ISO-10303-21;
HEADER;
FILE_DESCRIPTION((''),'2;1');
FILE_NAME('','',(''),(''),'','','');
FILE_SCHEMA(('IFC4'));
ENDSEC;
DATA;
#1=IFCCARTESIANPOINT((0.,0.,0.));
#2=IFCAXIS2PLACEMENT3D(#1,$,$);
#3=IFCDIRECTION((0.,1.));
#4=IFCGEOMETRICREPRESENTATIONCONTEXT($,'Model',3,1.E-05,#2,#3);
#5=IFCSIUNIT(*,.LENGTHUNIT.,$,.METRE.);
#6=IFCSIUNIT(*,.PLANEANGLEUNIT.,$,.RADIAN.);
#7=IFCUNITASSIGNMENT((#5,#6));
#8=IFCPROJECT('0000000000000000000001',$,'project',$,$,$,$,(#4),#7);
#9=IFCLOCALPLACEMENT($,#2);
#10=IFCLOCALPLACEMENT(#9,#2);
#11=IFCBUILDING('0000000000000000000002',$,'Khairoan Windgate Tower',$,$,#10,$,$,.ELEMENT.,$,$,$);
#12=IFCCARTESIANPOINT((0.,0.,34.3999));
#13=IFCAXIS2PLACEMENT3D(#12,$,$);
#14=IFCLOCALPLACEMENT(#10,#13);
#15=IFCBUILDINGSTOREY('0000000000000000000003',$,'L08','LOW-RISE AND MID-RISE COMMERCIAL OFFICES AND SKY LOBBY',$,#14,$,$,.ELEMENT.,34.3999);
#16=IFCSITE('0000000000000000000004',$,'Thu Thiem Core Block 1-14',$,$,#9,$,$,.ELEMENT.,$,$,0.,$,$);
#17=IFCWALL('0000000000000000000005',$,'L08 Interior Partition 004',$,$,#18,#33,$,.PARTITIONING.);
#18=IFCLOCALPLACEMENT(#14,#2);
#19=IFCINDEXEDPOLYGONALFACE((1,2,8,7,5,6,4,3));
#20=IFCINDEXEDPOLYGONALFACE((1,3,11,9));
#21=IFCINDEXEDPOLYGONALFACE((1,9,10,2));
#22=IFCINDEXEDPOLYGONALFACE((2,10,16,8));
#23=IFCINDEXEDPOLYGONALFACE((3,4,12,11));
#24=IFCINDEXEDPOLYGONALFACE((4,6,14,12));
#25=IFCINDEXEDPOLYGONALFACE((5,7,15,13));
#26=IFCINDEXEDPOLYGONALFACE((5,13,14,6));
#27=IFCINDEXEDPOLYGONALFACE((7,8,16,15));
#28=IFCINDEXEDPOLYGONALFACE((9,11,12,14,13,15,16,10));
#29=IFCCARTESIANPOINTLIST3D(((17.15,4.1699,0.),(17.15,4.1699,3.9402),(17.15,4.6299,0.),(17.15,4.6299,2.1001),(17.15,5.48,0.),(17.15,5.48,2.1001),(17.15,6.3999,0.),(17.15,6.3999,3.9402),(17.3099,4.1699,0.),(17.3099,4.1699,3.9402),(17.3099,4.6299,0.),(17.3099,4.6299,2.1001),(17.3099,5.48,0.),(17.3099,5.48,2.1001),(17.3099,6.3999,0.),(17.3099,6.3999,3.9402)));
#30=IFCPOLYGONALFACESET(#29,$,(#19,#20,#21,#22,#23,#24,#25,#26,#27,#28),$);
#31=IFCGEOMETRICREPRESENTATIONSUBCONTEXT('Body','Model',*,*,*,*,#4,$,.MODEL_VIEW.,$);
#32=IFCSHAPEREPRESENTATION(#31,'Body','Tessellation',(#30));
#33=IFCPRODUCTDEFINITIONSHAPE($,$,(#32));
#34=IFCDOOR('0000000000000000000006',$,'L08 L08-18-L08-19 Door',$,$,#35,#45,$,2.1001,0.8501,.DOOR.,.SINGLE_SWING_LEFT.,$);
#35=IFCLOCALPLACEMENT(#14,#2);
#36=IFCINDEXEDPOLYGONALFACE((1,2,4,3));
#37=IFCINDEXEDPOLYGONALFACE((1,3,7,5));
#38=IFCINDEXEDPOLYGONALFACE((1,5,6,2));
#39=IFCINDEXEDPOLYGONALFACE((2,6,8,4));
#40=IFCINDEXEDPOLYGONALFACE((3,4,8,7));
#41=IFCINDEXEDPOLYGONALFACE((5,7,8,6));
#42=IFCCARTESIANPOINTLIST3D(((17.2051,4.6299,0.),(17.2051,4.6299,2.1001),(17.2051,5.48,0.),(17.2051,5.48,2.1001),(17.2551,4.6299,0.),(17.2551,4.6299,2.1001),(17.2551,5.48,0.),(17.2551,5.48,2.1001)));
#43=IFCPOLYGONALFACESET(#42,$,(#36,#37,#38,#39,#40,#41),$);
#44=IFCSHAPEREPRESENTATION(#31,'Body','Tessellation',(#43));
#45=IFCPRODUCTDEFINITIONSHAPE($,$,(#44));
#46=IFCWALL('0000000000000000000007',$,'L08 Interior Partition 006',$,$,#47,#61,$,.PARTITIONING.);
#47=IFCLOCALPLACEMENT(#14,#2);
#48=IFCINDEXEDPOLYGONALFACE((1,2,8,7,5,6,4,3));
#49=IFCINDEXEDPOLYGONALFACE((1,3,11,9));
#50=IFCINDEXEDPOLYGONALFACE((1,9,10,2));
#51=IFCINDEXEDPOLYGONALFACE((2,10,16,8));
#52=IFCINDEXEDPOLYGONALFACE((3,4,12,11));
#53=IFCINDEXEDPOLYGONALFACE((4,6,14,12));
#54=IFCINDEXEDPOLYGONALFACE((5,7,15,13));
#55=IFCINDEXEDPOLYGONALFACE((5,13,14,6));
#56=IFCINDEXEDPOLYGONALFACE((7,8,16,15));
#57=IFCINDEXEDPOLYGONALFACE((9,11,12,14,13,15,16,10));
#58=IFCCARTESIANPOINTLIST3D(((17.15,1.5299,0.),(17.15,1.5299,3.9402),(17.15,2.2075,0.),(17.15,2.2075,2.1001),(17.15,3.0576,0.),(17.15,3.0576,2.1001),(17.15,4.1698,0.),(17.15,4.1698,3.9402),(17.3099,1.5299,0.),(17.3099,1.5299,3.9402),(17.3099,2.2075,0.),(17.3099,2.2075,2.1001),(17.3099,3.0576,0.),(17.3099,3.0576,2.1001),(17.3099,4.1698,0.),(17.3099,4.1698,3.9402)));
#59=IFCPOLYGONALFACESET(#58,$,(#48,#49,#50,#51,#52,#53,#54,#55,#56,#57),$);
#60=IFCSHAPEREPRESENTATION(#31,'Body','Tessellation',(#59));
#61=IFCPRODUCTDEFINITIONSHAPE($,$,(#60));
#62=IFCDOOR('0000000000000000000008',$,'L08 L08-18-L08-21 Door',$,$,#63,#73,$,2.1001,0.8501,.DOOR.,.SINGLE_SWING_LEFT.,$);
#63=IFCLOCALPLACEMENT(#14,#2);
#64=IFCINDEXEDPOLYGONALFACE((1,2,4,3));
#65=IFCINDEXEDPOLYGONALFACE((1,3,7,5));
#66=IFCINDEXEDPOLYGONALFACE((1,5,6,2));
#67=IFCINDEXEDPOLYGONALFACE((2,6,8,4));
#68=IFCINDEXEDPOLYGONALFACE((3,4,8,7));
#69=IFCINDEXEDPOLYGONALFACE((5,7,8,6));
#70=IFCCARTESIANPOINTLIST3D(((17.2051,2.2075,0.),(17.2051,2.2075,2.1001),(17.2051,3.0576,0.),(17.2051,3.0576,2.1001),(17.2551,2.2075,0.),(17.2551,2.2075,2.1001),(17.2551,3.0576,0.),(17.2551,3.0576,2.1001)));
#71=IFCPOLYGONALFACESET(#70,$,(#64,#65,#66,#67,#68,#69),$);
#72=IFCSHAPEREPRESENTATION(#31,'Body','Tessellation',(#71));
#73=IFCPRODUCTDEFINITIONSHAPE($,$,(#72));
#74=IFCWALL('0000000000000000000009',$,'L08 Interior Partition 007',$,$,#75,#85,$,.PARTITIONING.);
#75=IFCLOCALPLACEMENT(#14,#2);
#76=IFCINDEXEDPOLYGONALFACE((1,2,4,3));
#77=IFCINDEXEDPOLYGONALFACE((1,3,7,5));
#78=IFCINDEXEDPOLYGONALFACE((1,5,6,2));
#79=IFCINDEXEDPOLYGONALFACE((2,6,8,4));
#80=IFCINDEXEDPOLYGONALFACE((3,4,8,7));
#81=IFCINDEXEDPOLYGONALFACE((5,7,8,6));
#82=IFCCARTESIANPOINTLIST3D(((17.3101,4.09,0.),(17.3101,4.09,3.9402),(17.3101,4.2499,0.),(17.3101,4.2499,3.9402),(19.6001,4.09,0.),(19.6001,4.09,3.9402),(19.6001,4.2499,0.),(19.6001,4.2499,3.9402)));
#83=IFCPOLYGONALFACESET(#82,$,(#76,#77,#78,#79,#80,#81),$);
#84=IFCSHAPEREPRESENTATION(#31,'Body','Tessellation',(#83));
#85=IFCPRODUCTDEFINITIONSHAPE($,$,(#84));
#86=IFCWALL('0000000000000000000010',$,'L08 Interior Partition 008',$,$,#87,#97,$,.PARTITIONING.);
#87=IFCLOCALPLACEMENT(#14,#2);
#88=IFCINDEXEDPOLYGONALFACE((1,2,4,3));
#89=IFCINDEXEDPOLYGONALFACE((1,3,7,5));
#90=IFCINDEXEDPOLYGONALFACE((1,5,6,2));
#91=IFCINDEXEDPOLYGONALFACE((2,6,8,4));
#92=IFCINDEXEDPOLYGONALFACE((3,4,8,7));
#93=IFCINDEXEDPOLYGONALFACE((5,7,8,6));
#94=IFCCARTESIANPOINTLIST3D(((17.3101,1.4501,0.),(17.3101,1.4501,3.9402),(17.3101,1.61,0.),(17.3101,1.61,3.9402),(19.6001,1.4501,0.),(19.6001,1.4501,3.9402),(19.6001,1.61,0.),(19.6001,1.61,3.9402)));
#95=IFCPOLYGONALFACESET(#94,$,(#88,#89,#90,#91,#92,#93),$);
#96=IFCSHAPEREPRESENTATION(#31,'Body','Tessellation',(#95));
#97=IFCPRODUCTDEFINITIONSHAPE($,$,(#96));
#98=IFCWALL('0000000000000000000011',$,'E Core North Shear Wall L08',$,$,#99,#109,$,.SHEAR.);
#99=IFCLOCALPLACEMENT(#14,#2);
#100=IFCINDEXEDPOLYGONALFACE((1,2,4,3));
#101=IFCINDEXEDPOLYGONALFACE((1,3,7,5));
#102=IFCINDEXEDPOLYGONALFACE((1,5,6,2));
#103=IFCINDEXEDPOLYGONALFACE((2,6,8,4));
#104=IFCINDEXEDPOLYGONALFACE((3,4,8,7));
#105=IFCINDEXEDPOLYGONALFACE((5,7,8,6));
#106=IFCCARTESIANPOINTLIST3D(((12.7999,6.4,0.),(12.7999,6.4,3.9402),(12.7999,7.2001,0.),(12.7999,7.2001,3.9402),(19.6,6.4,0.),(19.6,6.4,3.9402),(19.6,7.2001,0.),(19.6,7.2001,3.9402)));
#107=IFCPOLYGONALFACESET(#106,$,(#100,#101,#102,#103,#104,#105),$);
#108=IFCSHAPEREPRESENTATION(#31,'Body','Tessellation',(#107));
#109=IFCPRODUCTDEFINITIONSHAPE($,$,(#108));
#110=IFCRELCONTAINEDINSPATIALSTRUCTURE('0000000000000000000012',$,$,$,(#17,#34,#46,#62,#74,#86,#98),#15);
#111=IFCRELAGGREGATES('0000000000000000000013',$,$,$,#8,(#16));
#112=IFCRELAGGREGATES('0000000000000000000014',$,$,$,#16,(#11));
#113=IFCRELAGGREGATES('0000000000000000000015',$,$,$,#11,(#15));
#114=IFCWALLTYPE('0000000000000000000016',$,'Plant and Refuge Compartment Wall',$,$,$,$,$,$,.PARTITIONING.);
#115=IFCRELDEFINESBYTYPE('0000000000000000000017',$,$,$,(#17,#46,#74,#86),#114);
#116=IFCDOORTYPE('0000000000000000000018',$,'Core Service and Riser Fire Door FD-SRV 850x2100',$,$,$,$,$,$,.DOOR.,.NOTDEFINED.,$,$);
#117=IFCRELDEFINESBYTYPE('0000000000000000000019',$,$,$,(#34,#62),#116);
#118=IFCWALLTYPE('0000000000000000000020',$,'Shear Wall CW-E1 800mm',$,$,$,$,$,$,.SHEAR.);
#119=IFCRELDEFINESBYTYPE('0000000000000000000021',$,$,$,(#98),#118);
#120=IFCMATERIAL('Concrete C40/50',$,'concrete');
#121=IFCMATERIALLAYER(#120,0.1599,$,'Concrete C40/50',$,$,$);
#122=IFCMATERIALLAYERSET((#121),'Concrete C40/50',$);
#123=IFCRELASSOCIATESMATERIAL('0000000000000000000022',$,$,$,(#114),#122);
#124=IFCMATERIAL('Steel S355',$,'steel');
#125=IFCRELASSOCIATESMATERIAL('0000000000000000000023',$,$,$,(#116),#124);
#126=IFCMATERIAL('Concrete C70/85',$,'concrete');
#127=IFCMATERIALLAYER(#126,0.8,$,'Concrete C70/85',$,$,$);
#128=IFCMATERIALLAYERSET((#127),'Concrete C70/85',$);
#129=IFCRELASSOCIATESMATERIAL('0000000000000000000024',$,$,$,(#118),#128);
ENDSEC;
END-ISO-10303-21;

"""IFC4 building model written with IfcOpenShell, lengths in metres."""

from ifc_helpers import new_model, si_unit, direction, frame, frame_2d, origin, place, context, subcontext, project, spatial, rectangle, extrude, material, layer, layer_set, type_object, element, fill, save


model = new_model("IFC4")

# Units and contexts
model_context = context("Model", 3, precision=1e-05, world=origin(), true_north=direction((0.0, 1.0)))
body_context = subcontext(model_context, "Body", "Model", "MODEL_VIEW")
ifc_project = project(units=[si_unit("LENGTHUNIT", "METRE"), si_unit("PLANEANGLEUNIT", "RADIAN")], contexts=[model_context])

# Site, building, storey
site_placement = place(None, origin())
site = spatial("IfcSite", under=ifc_project, at=site_placement, Name="Thu Thiem Core Block 1-14", CompositionType="ELEMENT", RefElevation=0.0)
building_placement = place(site_placement, origin())
building = spatial("IfcBuilding", under=site, at=building_placement, Name="Khairoan Windgate Tower", CompositionType="ELEMENT")
storey_placement = place(building_placement, frame((0.0, 0.0, 34.3999)))
storey = spatial("IfcBuildingStorey", under=building, at=storey_placement, Name="L08", Description="LOW-RISE AND MID-RISE COMMERCIAL OFFICES AND SKY LOBBY", CompositionType="ELEMENT", Elevation=34.3999)

# Walls, openings, doors
ifc_material_1 = material(Name="Concrete C40/50", Category="concrete")
ifc_layer_1 = layer(ifc_material_1, 0.1599, Name="Concrete C40/50")
ifc_layer_set_1 = layer_set([ifc_layer_1], Name="Concrete C40/50")
wall_type_1 = type_object("IfcWallType", Name="Plant and Refuge Compartment Wall", PredefinedType="PARTITIONING", material=ifc_layer_set_1)
wall_1_placement = place(storey_placement, frame((17.23, 4.1699, 0.0), z_axis=(0.0, 0.0, 1.0), x_axis=(0.0, 1.0, 0.0)))
wall_1 = element("IfcWall", 1, at=wall_1_placement, inside=storey, type_object=wall_type_1, Name="L08 Interior Partition 004", PredefinedType="PARTITIONING", context=body_context, shape_type="SweptSolid", body=[
    extrude(rectangle(XDim=2.23, YDim=0.1599, at=frame_2d((1.115, 0.0))), origin(), (0.0, 0.0, 1.0), 3.9402),
])
opening_1_placement = place(wall_1_placement, frame((0.46, 0.0, 0.0)))
opening_1 = element("IfcOpeningElement", 2, at=opening_1_placement, cuts=wall_1, PredefinedType="OPENING", context=body_context, shape_type="SweptSolid", body=[
    extrude(rectangle(XDim=0.8501, YDim=2.1001, at=frame_2d((0.425, 1.05))), frame((0.0, 0.0898, 0.0), z_axis=(0.0, -1.0, 0.0), x_axis=(1.0, 0.0, 0.0)), (0.0, 0.0, 1.0), 0.1799),
])
ifc_material_2 = material(Name="Steel S355", Category="steel")
door_type = type_object("IfcDoorType", Name="Core Service and Riser Fire Door FD-SRV 850x2100", OperationType="NOTDEFINED", PredefinedType="DOOR", material=ifc_material_2)
door_1_placement = place(opening_1_placement, origin())
door_1 = element("IfcDoor", 3, at=door_1_placement, inside=storey, type_object=door_type, Name="L08 L08-18-L08-19 Door", OperationType="SINGLE_SWING_LEFT", OverallHeight=2.1001, OverallWidth=0.8501, PredefinedType="DOOR", context=body_context, shape_type="SweptSolid", body=[
    extrude(rectangle(XDim=0.8501, YDim=2.1001, at=frame_2d((0.425, 1.05))), frame((0.0, 0.0249, 0.0), z_axis=(0.0, -1.0, 0.0), x_axis=(1.0, 0.0, 0.0)), (0.0, 0.0, 1.0), 0.05),
])
fill(opening_1, door_1)
wall_2_placement = place(storey_placement, frame((17.23, 1.53, 0.0), z_axis=(0.0, 0.0, 1.0), x_axis=(0.0, 1.0, 0.0)))
wall_2 = element("IfcWall", 4, at=wall_2_placement, inside=storey, type_object=wall_type_1, Name="L08 Interior Partition 006", PredefinedType="PARTITIONING", context=body_context, shape_type="SweptSolid", body=[
    extrude(rectangle(XDim=2.6399, YDim=0.1599, at=frame_2d((1.3198, 0.0))), origin(), (0.0, 0.0, 1.0), 3.9402),
])
opening_2_placement = place(wall_2_placement, frame((0.6775, 0.0, 0.0)))
opening_2 = element("IfcOpeningElement", 5, at=opening_2_placement, cuts=wall_2, PredefinedType="OPENING", context=body_context, shape_type="SweptSolid", body=[
    extrude(rectangle(XDim=0.8501, YDim=2.1001, at=frame_2d((0.425, 1.05))), frame((0.0, 0.0898, 0.0), z_axis=(0.0, -1.0, 0.0), x_axis=(1.0, 0.0, 0.0)), (0.0, 0.0, 1.0), 0.1799),
])
door_2_placement = place(opening_2_placement, origin())
door_2 = element("IfcDoor", 6, at=door_2_placement, inside=storey, type_object=door_type, Name="L08 L08-18-L08-21 Door", OperationType="SINGLE_SWING_LEFT", OverallHeight=2.1001, OverallWidth=0.8501, PredefinedType="DOOR", context=body_context, shape_type="SweptSolid", body=[
    extrude(rectangle(XDim=0.8501, YDim=2.1001, at=frame_2d((0.425, 1.05))), frame((0.0, 0.0249, 0.0), z_axis=(0.0, -1.0, 0.0), x_axis=(1.0, 0.0, 0.0)), (0.0, 0.0, 1.0), 0.05),
])
fill(opening_2, door_2)

# Walls
for number, where, z_axis, x_axis, name in (
    (7, (17.3101, 4.1699, 0.0), (0.0, 0.0, 1.0), (1.0, 0.0, 0.0), "L08 Interior Partition 007"),
    (8, (17.3101, 1.53, 0.0), (0.0, 0.0, 1.0), (1.0, 0.0, 0.0), "L08 Interior Partition 008"),
):
    element("IfcWall", number, at=place(storey_placement, frame(where, z_axis=z_axis, x_axis=x_axis)), inside=storey, type_object=wall_type_1, Name=name, PredefinedType="PARTITIONING", context=body_context, shape_type="SweptSolid", body=[
        extrude(rectangle(XDim=2.29, YDim=0.1599, at=frame_2d((1.145, 0.0))), origin(), (0.0, 0.0, 1.0), 3.9402),
    ])
ifc_material_3 = material(Name="Concrete C70/85", Category="concrete")
ifc_layer_2 = layer(ifc_material_3, 0.8, Name="Concrete C70/85")
ifc_layer_set_2 = layer_set([ifc_layer_2], Name="Concrete C70/85")
wall_type_2 = type_object("IfcWallType", Name="Shear Wall CW-E1 800mm", PredefinedType="SHEAR", material=ifc_layer_set_2)
wall_3_placement = place(storey_placement, frame((12.8, 6.8, 0.0), z_axis=(0.0, 0.0, 1.0), x_axis=(1.0, 0.0, 0.0)))
element("IfcWall", 9, at=wall_3_placement, inside=storey, type_object=wall_type_2, Name="E Core North Shear Wall L08", PredefinedType="SHEAR", context=body_context, shape_type="SweptSolid", body=[
    extrude(rectangle(XDim=6.8, YDim=0.8, at=frame_2d((3.3999, 0.0))), origin(), (0.0, 0.0, 1.0), 3.9402),
])

save(model, "model.ifc")
